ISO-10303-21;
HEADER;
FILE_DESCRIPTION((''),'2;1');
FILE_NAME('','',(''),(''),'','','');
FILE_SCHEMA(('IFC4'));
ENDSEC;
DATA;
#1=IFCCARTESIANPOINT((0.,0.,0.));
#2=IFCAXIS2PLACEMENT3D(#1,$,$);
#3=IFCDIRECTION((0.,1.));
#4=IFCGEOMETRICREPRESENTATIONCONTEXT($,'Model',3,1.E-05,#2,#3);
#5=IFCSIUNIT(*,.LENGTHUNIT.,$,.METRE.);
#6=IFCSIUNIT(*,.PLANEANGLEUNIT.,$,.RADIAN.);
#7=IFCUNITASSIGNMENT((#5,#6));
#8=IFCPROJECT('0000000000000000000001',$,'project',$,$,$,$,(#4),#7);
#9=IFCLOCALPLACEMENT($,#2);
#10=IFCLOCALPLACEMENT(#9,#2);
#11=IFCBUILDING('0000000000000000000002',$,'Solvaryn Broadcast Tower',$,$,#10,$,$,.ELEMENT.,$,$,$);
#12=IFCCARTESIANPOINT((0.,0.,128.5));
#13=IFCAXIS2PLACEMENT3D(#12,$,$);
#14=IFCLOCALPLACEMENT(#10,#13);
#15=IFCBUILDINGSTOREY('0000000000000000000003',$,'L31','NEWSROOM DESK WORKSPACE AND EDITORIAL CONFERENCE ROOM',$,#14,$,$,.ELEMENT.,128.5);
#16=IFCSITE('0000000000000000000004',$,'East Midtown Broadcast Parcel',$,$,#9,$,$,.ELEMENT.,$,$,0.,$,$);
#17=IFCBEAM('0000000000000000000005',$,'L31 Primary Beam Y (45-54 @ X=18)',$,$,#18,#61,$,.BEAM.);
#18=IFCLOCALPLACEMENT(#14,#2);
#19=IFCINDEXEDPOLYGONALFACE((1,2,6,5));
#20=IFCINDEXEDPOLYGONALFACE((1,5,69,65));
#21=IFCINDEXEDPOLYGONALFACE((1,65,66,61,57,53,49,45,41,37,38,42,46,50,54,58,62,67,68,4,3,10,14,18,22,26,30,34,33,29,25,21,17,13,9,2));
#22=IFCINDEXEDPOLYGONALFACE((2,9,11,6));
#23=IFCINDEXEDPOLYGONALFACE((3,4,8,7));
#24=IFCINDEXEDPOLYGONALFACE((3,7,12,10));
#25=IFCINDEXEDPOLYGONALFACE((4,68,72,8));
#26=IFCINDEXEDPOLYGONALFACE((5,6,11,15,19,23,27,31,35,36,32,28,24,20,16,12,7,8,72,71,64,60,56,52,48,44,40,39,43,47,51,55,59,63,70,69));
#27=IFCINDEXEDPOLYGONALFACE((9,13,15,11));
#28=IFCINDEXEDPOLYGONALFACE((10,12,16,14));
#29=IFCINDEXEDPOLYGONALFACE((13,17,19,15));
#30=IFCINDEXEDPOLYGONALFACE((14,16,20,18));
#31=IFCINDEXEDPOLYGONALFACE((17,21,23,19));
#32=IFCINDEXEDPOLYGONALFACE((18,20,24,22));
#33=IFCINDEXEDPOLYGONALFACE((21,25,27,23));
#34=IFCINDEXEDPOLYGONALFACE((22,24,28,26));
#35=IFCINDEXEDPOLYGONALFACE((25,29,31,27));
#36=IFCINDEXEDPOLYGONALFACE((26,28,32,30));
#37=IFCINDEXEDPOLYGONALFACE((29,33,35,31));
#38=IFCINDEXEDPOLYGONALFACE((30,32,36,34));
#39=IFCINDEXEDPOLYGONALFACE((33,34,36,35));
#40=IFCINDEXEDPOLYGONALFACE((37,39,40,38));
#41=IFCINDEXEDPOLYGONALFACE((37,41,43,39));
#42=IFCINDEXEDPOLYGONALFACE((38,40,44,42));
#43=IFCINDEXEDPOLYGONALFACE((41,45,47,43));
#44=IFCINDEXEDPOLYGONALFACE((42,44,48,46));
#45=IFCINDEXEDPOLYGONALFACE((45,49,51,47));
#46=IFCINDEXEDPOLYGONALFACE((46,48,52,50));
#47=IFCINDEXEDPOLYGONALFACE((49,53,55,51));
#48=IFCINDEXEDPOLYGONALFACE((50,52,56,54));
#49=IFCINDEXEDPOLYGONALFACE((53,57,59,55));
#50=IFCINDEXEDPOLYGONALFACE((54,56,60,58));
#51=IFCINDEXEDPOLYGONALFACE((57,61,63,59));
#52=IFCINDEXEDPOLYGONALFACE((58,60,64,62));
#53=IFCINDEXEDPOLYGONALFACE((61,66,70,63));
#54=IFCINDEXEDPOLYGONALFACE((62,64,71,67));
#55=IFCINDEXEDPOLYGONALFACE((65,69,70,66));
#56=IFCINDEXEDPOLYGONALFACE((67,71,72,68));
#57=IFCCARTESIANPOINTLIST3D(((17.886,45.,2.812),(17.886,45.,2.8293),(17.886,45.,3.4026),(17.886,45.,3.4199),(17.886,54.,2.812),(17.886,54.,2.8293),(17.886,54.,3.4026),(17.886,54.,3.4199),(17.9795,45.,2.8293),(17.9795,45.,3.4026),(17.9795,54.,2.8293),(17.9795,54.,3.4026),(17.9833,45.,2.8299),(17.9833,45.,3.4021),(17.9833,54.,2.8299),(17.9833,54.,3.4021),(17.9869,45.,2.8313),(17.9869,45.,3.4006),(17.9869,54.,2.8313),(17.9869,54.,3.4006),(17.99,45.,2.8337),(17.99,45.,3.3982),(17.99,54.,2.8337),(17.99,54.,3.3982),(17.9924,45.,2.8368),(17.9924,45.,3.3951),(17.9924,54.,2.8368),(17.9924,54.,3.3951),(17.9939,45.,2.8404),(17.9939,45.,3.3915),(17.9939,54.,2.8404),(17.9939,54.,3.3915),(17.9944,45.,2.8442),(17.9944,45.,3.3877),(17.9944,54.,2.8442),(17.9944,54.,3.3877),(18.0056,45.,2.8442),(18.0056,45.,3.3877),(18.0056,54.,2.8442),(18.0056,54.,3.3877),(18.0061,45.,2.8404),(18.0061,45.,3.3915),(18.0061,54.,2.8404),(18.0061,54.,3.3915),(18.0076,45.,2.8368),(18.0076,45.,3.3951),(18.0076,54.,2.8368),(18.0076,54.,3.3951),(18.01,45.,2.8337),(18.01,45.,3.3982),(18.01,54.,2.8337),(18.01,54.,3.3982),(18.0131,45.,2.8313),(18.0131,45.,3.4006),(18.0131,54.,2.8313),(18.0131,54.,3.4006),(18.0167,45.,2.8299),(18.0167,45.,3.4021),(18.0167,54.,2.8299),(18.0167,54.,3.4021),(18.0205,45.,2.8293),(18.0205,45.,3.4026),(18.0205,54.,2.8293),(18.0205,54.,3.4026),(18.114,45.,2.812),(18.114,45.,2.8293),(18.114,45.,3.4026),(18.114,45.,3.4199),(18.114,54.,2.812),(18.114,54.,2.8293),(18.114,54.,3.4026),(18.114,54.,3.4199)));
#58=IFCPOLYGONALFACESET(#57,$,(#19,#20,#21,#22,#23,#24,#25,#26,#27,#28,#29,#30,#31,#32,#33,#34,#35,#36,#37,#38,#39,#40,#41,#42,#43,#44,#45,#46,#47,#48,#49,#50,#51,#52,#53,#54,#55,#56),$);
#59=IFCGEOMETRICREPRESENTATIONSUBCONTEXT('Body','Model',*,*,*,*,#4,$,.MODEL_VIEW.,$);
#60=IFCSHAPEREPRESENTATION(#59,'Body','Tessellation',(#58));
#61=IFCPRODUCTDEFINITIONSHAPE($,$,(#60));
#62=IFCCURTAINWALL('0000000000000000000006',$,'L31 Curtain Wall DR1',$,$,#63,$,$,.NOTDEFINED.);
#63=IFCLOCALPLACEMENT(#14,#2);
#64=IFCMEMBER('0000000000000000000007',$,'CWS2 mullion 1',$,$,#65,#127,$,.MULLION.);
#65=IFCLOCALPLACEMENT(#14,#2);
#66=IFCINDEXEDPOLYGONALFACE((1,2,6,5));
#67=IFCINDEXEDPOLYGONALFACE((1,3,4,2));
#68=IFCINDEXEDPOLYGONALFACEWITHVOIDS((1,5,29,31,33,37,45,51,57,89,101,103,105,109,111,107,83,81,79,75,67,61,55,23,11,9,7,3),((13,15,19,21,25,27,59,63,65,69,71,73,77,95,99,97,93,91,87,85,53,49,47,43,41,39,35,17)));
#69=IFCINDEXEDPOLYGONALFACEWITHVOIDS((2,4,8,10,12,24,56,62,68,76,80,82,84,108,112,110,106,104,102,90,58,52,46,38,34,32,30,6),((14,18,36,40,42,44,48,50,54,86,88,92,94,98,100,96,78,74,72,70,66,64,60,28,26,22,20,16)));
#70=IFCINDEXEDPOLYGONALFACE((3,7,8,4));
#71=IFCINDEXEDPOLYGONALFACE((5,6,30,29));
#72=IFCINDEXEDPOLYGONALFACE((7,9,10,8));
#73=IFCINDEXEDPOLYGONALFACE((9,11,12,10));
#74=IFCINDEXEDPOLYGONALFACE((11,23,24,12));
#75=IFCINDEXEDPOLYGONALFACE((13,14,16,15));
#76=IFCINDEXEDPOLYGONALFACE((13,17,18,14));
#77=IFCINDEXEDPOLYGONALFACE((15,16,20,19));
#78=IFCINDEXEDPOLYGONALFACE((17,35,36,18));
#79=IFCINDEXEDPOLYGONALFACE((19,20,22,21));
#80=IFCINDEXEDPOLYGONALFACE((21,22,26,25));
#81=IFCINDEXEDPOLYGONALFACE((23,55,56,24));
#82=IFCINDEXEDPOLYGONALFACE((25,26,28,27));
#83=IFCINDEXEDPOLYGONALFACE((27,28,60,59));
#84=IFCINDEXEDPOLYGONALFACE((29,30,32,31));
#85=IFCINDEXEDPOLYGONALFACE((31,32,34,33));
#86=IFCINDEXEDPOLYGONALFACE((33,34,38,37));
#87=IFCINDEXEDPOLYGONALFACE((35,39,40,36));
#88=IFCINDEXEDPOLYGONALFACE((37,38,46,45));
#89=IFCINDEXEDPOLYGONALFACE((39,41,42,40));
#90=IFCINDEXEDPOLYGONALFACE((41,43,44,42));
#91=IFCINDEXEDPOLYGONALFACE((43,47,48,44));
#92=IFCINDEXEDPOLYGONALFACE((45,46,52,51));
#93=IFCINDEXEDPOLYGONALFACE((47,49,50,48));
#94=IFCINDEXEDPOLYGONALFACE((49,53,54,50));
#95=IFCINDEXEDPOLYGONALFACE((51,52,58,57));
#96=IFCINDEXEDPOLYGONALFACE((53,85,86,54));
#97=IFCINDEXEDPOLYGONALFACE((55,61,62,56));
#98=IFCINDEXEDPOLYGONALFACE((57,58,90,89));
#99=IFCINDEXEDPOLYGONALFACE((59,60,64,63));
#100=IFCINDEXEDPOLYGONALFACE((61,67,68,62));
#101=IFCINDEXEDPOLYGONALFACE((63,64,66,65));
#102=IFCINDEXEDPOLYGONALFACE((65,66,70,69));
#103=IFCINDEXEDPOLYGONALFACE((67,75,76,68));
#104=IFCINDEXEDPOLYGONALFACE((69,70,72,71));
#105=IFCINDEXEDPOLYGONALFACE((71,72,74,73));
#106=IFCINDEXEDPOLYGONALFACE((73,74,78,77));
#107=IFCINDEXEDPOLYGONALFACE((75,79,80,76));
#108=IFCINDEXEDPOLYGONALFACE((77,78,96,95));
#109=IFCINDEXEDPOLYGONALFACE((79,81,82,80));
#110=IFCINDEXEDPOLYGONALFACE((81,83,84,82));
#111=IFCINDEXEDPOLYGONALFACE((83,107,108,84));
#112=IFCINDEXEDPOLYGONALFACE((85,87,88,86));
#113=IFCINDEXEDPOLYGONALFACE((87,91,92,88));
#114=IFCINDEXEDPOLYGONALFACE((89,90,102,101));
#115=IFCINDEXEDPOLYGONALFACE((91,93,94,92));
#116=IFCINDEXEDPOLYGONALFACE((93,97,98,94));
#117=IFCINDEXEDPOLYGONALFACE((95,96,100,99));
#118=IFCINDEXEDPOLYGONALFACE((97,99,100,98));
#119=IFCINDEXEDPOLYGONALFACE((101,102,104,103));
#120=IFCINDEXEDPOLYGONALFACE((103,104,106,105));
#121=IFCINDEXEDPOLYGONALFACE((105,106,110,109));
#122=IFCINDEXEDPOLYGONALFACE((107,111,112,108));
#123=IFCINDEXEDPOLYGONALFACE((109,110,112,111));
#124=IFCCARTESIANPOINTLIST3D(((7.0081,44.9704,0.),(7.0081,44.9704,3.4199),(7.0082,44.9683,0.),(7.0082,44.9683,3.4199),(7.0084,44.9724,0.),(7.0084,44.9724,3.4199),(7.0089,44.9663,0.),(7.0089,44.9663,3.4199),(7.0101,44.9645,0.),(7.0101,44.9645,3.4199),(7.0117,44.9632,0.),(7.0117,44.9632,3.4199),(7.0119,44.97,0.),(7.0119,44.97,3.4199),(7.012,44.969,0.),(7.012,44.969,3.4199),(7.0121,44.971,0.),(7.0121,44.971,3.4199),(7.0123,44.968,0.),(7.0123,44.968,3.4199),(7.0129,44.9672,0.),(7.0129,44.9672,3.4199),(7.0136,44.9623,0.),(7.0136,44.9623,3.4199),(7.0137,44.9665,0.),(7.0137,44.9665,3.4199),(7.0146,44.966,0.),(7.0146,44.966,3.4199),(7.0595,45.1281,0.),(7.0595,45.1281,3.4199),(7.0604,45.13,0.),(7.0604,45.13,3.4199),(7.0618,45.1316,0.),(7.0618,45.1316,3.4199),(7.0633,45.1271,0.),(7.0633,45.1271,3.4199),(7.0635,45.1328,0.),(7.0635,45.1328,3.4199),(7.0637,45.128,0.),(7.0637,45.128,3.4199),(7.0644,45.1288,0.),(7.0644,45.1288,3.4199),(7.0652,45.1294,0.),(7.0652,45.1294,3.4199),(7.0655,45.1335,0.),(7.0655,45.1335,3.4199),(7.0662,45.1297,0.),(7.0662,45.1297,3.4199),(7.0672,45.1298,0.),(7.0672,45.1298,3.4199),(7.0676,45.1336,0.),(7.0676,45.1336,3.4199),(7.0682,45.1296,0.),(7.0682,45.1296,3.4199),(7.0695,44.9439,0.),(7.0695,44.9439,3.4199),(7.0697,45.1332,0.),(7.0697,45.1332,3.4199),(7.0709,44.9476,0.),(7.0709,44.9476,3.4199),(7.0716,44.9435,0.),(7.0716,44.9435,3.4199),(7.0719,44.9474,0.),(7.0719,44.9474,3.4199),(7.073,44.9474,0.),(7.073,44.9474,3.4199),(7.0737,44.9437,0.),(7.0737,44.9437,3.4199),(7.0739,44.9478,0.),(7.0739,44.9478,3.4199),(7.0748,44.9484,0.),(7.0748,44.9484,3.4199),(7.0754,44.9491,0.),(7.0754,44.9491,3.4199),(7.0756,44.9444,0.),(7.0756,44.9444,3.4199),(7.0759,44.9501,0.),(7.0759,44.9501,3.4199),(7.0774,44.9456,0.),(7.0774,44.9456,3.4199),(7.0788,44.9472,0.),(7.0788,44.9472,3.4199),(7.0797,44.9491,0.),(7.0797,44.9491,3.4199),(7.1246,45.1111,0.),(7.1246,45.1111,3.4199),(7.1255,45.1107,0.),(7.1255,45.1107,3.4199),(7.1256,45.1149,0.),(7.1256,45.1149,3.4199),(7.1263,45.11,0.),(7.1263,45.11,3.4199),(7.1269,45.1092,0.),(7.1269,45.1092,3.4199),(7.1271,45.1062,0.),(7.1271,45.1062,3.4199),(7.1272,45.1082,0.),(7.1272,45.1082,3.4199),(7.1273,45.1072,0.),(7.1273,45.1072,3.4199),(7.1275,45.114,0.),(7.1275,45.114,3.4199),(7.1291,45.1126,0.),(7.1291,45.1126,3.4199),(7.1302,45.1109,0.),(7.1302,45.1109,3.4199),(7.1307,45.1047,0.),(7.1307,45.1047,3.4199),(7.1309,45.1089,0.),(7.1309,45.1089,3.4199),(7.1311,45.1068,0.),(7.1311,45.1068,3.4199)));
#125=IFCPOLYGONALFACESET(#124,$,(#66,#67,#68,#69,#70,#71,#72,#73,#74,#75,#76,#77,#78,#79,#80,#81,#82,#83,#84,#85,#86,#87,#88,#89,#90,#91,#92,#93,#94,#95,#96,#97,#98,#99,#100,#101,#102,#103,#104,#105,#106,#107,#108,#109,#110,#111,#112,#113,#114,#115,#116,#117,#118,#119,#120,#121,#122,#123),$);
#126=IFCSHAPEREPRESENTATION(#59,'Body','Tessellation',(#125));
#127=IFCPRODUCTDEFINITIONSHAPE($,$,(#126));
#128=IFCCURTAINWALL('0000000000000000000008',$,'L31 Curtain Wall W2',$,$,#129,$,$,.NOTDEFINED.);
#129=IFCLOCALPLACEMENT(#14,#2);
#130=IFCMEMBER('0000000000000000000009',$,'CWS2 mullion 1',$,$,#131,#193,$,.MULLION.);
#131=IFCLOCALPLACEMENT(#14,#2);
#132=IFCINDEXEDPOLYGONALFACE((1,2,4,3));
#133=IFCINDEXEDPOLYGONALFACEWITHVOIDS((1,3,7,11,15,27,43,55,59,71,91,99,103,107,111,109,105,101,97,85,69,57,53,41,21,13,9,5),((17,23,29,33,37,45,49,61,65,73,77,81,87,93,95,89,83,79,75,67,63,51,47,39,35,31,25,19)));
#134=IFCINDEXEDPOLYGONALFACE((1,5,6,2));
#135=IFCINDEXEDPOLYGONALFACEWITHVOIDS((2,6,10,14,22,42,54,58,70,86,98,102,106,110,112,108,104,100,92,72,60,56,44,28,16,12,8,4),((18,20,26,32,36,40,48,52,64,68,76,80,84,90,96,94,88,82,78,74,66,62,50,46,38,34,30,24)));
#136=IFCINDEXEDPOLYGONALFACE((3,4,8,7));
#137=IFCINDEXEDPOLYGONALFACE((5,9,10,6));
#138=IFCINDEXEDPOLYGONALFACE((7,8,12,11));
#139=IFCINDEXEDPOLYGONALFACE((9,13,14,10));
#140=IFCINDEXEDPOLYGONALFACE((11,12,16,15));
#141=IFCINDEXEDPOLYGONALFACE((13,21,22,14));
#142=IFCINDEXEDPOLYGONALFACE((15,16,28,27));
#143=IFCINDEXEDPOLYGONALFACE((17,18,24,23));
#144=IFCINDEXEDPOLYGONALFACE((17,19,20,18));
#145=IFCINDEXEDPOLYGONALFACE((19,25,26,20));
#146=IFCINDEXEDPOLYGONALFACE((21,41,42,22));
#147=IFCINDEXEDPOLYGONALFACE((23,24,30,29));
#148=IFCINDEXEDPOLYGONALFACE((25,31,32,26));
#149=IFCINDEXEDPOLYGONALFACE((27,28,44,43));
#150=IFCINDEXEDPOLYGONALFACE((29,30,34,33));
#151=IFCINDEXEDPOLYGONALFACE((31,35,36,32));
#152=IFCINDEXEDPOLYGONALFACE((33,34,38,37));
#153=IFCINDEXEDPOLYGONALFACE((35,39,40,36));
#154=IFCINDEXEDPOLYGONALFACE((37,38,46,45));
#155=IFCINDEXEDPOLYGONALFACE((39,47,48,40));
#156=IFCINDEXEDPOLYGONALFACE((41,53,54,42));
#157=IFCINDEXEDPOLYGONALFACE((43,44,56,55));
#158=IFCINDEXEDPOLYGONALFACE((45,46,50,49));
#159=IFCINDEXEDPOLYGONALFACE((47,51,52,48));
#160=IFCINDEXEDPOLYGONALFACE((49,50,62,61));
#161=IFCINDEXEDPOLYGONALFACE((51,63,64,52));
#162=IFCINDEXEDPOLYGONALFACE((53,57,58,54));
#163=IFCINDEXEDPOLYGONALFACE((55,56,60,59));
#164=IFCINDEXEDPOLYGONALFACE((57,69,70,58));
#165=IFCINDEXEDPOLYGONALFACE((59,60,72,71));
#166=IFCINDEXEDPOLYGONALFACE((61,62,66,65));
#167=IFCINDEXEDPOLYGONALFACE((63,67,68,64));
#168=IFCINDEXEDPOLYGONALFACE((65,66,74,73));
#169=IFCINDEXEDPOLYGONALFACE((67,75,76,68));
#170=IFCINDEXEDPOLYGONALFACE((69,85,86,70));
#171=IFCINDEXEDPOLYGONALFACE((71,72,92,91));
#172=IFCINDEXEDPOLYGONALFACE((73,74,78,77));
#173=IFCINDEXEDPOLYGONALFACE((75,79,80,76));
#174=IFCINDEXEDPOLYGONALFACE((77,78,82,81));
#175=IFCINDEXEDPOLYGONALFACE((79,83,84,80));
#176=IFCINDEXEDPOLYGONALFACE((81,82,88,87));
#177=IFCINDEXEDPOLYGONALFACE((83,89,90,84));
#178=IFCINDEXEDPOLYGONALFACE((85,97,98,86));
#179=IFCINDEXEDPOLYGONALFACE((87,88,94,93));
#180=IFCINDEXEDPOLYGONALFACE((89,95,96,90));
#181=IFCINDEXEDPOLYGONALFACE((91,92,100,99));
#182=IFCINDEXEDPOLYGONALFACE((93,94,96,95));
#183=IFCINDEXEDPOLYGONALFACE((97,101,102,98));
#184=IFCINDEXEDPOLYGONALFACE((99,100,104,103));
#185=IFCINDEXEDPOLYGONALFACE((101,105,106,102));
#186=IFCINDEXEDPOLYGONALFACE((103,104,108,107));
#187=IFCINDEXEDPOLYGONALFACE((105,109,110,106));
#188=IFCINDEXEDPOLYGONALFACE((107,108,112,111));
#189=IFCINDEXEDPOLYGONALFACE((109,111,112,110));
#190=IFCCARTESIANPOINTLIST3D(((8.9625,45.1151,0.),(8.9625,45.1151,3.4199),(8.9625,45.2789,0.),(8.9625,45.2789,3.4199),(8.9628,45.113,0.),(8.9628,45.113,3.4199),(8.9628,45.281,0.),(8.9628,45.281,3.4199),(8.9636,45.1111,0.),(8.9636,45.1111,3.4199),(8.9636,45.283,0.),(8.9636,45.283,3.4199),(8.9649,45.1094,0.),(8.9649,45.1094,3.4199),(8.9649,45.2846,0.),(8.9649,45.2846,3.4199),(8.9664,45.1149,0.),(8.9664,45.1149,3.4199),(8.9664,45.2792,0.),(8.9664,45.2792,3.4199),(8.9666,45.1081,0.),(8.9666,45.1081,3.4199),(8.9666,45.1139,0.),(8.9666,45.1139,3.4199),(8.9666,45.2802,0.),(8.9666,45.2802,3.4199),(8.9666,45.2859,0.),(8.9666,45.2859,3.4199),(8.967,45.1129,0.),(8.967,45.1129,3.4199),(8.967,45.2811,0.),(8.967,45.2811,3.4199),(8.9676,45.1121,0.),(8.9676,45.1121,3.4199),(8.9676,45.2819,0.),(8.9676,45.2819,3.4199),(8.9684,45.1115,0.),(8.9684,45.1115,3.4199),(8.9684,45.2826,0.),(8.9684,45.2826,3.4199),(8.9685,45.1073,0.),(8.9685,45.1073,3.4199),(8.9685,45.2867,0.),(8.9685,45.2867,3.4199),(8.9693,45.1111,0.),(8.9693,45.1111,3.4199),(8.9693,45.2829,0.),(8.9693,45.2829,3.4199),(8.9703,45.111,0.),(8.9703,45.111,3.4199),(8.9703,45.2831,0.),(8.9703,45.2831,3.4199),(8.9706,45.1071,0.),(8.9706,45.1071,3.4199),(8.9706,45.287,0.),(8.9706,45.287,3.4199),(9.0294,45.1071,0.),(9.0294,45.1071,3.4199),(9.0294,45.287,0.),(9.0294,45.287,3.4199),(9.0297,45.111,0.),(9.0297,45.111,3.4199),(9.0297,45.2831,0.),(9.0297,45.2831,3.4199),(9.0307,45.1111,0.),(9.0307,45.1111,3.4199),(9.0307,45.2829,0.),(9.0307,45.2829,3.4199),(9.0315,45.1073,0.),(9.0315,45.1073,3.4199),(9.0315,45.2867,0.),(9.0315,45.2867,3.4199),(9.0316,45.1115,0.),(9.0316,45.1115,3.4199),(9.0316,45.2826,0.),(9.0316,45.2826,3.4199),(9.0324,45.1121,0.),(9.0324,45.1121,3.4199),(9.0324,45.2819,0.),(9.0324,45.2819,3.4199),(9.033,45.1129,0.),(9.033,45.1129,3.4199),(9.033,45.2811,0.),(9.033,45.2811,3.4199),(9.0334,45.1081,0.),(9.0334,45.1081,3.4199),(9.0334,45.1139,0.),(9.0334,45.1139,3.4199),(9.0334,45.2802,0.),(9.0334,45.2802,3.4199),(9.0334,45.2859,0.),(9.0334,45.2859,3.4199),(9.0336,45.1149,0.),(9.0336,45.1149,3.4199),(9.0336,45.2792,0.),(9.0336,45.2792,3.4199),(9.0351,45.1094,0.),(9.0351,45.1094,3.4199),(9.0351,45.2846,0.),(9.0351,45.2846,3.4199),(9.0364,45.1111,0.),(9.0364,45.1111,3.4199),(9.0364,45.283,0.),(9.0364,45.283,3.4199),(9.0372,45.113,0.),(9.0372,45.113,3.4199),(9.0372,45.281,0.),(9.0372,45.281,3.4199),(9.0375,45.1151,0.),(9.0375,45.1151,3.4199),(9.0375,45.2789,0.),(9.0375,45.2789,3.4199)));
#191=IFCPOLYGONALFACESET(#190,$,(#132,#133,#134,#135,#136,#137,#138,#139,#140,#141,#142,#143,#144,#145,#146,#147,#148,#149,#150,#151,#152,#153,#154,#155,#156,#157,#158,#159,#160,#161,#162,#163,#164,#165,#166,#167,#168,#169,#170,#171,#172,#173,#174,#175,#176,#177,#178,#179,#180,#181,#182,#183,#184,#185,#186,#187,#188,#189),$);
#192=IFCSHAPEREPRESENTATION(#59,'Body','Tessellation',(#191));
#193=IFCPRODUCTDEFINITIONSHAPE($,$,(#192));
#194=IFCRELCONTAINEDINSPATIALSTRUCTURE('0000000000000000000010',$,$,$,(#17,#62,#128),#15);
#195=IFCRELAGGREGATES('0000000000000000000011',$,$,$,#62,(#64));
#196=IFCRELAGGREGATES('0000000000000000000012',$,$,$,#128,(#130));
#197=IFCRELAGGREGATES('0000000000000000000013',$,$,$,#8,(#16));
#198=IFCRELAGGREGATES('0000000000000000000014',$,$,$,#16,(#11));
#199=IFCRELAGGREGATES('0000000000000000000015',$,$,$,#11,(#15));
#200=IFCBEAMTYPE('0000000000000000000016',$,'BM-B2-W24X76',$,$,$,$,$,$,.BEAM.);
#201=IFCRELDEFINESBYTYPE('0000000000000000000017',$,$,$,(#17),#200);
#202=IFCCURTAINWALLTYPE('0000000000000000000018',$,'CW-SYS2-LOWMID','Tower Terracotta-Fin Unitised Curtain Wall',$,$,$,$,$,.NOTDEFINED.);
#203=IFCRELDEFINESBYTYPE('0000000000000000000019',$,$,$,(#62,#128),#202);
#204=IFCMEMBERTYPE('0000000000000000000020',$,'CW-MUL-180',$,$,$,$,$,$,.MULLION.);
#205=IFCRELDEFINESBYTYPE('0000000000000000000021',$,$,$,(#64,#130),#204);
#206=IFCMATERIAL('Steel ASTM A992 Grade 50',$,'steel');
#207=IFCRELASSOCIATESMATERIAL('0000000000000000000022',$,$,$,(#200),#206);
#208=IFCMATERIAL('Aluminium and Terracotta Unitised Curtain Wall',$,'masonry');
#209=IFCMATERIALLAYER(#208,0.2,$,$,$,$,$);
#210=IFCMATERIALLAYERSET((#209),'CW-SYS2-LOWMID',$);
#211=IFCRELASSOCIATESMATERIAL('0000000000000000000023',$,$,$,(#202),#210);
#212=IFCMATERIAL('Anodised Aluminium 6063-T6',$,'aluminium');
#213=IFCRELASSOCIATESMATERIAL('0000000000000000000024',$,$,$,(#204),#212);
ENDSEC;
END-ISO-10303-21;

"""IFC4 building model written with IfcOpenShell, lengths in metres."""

from ifc_helpers import new_model, si_unit, direction, frame, origin, origin_2d, place, context, subcontext, project, spatial, hollow_rectangle, i_section, extrude, material, layer, layer_set, material_profile, profile_set, type_object, element, aggregate, save


model = new_model("IFC4")

# Units and contexts
model_context = context("Model", 3, precision=1e-05, world=origin(), true_north=direction((0.0, 1.0)))
body_context = subcontext(model_context, "Body", "Model", "MODEL_VIEW")
ifc_project = project(units=[si_unit("LENGTHUNIT", "METRE"), si_unit("PLANEANGLEUNIT", "RADIAN")], contexts=[model_context])

# Site, building, storey
site_placement = place(None, origin())
site = spatial("IfcSite", under=ifc_project, at=site_placement, Name="East Midtown Broadcast Parcel", CompositionType="ELEMENT", RefElevation=0.0)
building_placement = place(site_placement, origin())
building = spatial("IfcBuilding", under=site, at=building_placement, Name="Solvaryn Broadcast Tower", CompositionType="ELEMENT")
storey_placement = place(building_placement, frame((0.0, 0.0, 128.5)))
storey = spatial("IfcBuildingStorey", under=building, at=storey_placement, Name="L31", Description="NEWSROOM DESK WORKSPACE AND EDITORIAL CONFERENCE ROOM", CompositionType="ELEMENT", Elevation=128.5)

# Beam
ifc_material_1 = material(Name="Steel ASTM A992 Grade 50", Category="steel")
ifc_material_profile_1 = material_profile(ifc_material_1, i_section(OverallWidth=0.228, OverallDepth=0.6079, WebThickness=0.0112, FlangeThickness=0.0173, FilletRadius=0.0149, at=origin_2d()))
ifc_profile_set_1 = profile_set([ifc_material_profile_1], Name="Steel ASTM A992 Grade 50")
beam_type_1 = type_object("IfcBeamType", Name="BM-B2-W24X76", PredefinedType="BEAM", material=ifc_profile_set_1)
beam_1_placement = place(storey_placement, frame((18.0, 45.0, 3.116), z_axis=(0.0, 1.0, 0.0), x_axis=(-1.0, 0.0, 0.0)))
element("IfcBeam", 1, at=beam_1_placement, inside=storey, type_object=beam_type_1, Name="L31 Primary Beam Y (45-54 @ X=18)", PredefinedType="BEAM", context=body_context, shape_type="SweptSolid", body=[
    extrude(i_section(OverallWidth=0.228, OverallDepth=0.6079, WebThickness=0.0112, FlangeThickness=0.0173, FilletRadius=0.0149, at=origin_2d()), origin(), (0.0, 0.0, 1.0), 9.0),
])

# Curtain walls, members
ifc_material_2 = material(Name="Aluminium and Terracotta Unitised Curtain Wall", Category="masonry")
ifc_layer_1 = layer(ifc_material_2, 0.2)
ifc_layer_set_1 = layer_set([ifc_layer_1], Name="CW-SYS2-LOWMID")
curtain_wall_type = type_object("IfcCurtainWallType", Name="CW-SYS2-LOWMID", Description="Tower Terracotta-Fin Unitised Curtain Wall", PredefinedType="NOTDEFINED", material=ifc_layer_set_1)
curtain_wall_1_placement = place(storey_placement, origin())
curtain_wall_1 = element("IfcCurtainWall", 2, at=curtain_wall_1_placement, inside=storey, type_object=curtain_wall_type, Name="L31 Curtain Wall DR1", PredefinedType="NOTDEFINED")
ifc_material_3 = material(Name="Anodised Aluminium 6063-T6", Category="aluminium")
ifc_material_profile_2 = material_profile(ifc_material_3, hollow_rectangle(XDim=0.075, YDim=0.1799, WallThickness=0.0039, InnerFilletRadius=0.0039, OuterFilletRadius=0.0081, at=origin_2d()))
ifc_profile_set_2 = profile_set([ifc_material_profile_2], Name="Anodised Aluminium 6063-T6")
member_type_1 = type_object("IfcMemberType", Name="CW-MUL-180", PredefinedType="MULLION", material=ifc_profile_set_2)
member_1_placement = place(storey_placement, frame((7.0696, 45.0386, 0.0), z_axis=(0.0, 0.0, 1.0), x_axis=(0.950198, -0.311646, 0.0)))
member_1 = element("IfcMember", 3, at=member_1_placement, type_object=member_type_1, Name="CWS2 mullion 1", PredefinedType="MULLION", context=body_context, shape_type="SweptSolid", body=[
    extrude(hollow_rectangle(XDim=0.075, YDim=0.1799, WallThickness=0.0039, InnerFilletRadius=0.0039, OuterFilletRadius=0.0081, at=origin_2d()), origin(), (0.0, 0.0, 1.0), 3.4199),
])
curtain_wall_2_placement = place(storey_placement, origin())
curtain_wall_2 = element("IfcCurtainWall", 4, at=curtain_wall_2_placement, inside=storey, type_object=curtain_wall_type, Name="L31 Curtain Wall W2", PredefinedType="NOTDEFINED")
member_2_placement = place(storey_placement, frame((9.0, 45.197, 0.0), z_axis=(0.0, 0.0, 1.0), x_axis=(-1.0, 0.0, 0.0)))
member_2 = element("IfcMember", 5, at=member_2_placement, type_object=member_type_1, Name="CWS2 mullion 1", PredefinedType="MULLION", context=body_context, shape_type="SweptSolid", body=[
    extrude(hollow_rectangle(XDim=0.075, YDim=0.1799, WallThickness=0.0039, InnerFilletRadius=0.0039, OuterFilletRadius=0.0081, at=origin_2d()), origin(), (0.0, 0.0, 1.0), 3.4199),
])

aggregate(curtain_wall_1, [member_1])
aggregate(curtain_wall_2, [member_2])

save(model, "model.ifc")
